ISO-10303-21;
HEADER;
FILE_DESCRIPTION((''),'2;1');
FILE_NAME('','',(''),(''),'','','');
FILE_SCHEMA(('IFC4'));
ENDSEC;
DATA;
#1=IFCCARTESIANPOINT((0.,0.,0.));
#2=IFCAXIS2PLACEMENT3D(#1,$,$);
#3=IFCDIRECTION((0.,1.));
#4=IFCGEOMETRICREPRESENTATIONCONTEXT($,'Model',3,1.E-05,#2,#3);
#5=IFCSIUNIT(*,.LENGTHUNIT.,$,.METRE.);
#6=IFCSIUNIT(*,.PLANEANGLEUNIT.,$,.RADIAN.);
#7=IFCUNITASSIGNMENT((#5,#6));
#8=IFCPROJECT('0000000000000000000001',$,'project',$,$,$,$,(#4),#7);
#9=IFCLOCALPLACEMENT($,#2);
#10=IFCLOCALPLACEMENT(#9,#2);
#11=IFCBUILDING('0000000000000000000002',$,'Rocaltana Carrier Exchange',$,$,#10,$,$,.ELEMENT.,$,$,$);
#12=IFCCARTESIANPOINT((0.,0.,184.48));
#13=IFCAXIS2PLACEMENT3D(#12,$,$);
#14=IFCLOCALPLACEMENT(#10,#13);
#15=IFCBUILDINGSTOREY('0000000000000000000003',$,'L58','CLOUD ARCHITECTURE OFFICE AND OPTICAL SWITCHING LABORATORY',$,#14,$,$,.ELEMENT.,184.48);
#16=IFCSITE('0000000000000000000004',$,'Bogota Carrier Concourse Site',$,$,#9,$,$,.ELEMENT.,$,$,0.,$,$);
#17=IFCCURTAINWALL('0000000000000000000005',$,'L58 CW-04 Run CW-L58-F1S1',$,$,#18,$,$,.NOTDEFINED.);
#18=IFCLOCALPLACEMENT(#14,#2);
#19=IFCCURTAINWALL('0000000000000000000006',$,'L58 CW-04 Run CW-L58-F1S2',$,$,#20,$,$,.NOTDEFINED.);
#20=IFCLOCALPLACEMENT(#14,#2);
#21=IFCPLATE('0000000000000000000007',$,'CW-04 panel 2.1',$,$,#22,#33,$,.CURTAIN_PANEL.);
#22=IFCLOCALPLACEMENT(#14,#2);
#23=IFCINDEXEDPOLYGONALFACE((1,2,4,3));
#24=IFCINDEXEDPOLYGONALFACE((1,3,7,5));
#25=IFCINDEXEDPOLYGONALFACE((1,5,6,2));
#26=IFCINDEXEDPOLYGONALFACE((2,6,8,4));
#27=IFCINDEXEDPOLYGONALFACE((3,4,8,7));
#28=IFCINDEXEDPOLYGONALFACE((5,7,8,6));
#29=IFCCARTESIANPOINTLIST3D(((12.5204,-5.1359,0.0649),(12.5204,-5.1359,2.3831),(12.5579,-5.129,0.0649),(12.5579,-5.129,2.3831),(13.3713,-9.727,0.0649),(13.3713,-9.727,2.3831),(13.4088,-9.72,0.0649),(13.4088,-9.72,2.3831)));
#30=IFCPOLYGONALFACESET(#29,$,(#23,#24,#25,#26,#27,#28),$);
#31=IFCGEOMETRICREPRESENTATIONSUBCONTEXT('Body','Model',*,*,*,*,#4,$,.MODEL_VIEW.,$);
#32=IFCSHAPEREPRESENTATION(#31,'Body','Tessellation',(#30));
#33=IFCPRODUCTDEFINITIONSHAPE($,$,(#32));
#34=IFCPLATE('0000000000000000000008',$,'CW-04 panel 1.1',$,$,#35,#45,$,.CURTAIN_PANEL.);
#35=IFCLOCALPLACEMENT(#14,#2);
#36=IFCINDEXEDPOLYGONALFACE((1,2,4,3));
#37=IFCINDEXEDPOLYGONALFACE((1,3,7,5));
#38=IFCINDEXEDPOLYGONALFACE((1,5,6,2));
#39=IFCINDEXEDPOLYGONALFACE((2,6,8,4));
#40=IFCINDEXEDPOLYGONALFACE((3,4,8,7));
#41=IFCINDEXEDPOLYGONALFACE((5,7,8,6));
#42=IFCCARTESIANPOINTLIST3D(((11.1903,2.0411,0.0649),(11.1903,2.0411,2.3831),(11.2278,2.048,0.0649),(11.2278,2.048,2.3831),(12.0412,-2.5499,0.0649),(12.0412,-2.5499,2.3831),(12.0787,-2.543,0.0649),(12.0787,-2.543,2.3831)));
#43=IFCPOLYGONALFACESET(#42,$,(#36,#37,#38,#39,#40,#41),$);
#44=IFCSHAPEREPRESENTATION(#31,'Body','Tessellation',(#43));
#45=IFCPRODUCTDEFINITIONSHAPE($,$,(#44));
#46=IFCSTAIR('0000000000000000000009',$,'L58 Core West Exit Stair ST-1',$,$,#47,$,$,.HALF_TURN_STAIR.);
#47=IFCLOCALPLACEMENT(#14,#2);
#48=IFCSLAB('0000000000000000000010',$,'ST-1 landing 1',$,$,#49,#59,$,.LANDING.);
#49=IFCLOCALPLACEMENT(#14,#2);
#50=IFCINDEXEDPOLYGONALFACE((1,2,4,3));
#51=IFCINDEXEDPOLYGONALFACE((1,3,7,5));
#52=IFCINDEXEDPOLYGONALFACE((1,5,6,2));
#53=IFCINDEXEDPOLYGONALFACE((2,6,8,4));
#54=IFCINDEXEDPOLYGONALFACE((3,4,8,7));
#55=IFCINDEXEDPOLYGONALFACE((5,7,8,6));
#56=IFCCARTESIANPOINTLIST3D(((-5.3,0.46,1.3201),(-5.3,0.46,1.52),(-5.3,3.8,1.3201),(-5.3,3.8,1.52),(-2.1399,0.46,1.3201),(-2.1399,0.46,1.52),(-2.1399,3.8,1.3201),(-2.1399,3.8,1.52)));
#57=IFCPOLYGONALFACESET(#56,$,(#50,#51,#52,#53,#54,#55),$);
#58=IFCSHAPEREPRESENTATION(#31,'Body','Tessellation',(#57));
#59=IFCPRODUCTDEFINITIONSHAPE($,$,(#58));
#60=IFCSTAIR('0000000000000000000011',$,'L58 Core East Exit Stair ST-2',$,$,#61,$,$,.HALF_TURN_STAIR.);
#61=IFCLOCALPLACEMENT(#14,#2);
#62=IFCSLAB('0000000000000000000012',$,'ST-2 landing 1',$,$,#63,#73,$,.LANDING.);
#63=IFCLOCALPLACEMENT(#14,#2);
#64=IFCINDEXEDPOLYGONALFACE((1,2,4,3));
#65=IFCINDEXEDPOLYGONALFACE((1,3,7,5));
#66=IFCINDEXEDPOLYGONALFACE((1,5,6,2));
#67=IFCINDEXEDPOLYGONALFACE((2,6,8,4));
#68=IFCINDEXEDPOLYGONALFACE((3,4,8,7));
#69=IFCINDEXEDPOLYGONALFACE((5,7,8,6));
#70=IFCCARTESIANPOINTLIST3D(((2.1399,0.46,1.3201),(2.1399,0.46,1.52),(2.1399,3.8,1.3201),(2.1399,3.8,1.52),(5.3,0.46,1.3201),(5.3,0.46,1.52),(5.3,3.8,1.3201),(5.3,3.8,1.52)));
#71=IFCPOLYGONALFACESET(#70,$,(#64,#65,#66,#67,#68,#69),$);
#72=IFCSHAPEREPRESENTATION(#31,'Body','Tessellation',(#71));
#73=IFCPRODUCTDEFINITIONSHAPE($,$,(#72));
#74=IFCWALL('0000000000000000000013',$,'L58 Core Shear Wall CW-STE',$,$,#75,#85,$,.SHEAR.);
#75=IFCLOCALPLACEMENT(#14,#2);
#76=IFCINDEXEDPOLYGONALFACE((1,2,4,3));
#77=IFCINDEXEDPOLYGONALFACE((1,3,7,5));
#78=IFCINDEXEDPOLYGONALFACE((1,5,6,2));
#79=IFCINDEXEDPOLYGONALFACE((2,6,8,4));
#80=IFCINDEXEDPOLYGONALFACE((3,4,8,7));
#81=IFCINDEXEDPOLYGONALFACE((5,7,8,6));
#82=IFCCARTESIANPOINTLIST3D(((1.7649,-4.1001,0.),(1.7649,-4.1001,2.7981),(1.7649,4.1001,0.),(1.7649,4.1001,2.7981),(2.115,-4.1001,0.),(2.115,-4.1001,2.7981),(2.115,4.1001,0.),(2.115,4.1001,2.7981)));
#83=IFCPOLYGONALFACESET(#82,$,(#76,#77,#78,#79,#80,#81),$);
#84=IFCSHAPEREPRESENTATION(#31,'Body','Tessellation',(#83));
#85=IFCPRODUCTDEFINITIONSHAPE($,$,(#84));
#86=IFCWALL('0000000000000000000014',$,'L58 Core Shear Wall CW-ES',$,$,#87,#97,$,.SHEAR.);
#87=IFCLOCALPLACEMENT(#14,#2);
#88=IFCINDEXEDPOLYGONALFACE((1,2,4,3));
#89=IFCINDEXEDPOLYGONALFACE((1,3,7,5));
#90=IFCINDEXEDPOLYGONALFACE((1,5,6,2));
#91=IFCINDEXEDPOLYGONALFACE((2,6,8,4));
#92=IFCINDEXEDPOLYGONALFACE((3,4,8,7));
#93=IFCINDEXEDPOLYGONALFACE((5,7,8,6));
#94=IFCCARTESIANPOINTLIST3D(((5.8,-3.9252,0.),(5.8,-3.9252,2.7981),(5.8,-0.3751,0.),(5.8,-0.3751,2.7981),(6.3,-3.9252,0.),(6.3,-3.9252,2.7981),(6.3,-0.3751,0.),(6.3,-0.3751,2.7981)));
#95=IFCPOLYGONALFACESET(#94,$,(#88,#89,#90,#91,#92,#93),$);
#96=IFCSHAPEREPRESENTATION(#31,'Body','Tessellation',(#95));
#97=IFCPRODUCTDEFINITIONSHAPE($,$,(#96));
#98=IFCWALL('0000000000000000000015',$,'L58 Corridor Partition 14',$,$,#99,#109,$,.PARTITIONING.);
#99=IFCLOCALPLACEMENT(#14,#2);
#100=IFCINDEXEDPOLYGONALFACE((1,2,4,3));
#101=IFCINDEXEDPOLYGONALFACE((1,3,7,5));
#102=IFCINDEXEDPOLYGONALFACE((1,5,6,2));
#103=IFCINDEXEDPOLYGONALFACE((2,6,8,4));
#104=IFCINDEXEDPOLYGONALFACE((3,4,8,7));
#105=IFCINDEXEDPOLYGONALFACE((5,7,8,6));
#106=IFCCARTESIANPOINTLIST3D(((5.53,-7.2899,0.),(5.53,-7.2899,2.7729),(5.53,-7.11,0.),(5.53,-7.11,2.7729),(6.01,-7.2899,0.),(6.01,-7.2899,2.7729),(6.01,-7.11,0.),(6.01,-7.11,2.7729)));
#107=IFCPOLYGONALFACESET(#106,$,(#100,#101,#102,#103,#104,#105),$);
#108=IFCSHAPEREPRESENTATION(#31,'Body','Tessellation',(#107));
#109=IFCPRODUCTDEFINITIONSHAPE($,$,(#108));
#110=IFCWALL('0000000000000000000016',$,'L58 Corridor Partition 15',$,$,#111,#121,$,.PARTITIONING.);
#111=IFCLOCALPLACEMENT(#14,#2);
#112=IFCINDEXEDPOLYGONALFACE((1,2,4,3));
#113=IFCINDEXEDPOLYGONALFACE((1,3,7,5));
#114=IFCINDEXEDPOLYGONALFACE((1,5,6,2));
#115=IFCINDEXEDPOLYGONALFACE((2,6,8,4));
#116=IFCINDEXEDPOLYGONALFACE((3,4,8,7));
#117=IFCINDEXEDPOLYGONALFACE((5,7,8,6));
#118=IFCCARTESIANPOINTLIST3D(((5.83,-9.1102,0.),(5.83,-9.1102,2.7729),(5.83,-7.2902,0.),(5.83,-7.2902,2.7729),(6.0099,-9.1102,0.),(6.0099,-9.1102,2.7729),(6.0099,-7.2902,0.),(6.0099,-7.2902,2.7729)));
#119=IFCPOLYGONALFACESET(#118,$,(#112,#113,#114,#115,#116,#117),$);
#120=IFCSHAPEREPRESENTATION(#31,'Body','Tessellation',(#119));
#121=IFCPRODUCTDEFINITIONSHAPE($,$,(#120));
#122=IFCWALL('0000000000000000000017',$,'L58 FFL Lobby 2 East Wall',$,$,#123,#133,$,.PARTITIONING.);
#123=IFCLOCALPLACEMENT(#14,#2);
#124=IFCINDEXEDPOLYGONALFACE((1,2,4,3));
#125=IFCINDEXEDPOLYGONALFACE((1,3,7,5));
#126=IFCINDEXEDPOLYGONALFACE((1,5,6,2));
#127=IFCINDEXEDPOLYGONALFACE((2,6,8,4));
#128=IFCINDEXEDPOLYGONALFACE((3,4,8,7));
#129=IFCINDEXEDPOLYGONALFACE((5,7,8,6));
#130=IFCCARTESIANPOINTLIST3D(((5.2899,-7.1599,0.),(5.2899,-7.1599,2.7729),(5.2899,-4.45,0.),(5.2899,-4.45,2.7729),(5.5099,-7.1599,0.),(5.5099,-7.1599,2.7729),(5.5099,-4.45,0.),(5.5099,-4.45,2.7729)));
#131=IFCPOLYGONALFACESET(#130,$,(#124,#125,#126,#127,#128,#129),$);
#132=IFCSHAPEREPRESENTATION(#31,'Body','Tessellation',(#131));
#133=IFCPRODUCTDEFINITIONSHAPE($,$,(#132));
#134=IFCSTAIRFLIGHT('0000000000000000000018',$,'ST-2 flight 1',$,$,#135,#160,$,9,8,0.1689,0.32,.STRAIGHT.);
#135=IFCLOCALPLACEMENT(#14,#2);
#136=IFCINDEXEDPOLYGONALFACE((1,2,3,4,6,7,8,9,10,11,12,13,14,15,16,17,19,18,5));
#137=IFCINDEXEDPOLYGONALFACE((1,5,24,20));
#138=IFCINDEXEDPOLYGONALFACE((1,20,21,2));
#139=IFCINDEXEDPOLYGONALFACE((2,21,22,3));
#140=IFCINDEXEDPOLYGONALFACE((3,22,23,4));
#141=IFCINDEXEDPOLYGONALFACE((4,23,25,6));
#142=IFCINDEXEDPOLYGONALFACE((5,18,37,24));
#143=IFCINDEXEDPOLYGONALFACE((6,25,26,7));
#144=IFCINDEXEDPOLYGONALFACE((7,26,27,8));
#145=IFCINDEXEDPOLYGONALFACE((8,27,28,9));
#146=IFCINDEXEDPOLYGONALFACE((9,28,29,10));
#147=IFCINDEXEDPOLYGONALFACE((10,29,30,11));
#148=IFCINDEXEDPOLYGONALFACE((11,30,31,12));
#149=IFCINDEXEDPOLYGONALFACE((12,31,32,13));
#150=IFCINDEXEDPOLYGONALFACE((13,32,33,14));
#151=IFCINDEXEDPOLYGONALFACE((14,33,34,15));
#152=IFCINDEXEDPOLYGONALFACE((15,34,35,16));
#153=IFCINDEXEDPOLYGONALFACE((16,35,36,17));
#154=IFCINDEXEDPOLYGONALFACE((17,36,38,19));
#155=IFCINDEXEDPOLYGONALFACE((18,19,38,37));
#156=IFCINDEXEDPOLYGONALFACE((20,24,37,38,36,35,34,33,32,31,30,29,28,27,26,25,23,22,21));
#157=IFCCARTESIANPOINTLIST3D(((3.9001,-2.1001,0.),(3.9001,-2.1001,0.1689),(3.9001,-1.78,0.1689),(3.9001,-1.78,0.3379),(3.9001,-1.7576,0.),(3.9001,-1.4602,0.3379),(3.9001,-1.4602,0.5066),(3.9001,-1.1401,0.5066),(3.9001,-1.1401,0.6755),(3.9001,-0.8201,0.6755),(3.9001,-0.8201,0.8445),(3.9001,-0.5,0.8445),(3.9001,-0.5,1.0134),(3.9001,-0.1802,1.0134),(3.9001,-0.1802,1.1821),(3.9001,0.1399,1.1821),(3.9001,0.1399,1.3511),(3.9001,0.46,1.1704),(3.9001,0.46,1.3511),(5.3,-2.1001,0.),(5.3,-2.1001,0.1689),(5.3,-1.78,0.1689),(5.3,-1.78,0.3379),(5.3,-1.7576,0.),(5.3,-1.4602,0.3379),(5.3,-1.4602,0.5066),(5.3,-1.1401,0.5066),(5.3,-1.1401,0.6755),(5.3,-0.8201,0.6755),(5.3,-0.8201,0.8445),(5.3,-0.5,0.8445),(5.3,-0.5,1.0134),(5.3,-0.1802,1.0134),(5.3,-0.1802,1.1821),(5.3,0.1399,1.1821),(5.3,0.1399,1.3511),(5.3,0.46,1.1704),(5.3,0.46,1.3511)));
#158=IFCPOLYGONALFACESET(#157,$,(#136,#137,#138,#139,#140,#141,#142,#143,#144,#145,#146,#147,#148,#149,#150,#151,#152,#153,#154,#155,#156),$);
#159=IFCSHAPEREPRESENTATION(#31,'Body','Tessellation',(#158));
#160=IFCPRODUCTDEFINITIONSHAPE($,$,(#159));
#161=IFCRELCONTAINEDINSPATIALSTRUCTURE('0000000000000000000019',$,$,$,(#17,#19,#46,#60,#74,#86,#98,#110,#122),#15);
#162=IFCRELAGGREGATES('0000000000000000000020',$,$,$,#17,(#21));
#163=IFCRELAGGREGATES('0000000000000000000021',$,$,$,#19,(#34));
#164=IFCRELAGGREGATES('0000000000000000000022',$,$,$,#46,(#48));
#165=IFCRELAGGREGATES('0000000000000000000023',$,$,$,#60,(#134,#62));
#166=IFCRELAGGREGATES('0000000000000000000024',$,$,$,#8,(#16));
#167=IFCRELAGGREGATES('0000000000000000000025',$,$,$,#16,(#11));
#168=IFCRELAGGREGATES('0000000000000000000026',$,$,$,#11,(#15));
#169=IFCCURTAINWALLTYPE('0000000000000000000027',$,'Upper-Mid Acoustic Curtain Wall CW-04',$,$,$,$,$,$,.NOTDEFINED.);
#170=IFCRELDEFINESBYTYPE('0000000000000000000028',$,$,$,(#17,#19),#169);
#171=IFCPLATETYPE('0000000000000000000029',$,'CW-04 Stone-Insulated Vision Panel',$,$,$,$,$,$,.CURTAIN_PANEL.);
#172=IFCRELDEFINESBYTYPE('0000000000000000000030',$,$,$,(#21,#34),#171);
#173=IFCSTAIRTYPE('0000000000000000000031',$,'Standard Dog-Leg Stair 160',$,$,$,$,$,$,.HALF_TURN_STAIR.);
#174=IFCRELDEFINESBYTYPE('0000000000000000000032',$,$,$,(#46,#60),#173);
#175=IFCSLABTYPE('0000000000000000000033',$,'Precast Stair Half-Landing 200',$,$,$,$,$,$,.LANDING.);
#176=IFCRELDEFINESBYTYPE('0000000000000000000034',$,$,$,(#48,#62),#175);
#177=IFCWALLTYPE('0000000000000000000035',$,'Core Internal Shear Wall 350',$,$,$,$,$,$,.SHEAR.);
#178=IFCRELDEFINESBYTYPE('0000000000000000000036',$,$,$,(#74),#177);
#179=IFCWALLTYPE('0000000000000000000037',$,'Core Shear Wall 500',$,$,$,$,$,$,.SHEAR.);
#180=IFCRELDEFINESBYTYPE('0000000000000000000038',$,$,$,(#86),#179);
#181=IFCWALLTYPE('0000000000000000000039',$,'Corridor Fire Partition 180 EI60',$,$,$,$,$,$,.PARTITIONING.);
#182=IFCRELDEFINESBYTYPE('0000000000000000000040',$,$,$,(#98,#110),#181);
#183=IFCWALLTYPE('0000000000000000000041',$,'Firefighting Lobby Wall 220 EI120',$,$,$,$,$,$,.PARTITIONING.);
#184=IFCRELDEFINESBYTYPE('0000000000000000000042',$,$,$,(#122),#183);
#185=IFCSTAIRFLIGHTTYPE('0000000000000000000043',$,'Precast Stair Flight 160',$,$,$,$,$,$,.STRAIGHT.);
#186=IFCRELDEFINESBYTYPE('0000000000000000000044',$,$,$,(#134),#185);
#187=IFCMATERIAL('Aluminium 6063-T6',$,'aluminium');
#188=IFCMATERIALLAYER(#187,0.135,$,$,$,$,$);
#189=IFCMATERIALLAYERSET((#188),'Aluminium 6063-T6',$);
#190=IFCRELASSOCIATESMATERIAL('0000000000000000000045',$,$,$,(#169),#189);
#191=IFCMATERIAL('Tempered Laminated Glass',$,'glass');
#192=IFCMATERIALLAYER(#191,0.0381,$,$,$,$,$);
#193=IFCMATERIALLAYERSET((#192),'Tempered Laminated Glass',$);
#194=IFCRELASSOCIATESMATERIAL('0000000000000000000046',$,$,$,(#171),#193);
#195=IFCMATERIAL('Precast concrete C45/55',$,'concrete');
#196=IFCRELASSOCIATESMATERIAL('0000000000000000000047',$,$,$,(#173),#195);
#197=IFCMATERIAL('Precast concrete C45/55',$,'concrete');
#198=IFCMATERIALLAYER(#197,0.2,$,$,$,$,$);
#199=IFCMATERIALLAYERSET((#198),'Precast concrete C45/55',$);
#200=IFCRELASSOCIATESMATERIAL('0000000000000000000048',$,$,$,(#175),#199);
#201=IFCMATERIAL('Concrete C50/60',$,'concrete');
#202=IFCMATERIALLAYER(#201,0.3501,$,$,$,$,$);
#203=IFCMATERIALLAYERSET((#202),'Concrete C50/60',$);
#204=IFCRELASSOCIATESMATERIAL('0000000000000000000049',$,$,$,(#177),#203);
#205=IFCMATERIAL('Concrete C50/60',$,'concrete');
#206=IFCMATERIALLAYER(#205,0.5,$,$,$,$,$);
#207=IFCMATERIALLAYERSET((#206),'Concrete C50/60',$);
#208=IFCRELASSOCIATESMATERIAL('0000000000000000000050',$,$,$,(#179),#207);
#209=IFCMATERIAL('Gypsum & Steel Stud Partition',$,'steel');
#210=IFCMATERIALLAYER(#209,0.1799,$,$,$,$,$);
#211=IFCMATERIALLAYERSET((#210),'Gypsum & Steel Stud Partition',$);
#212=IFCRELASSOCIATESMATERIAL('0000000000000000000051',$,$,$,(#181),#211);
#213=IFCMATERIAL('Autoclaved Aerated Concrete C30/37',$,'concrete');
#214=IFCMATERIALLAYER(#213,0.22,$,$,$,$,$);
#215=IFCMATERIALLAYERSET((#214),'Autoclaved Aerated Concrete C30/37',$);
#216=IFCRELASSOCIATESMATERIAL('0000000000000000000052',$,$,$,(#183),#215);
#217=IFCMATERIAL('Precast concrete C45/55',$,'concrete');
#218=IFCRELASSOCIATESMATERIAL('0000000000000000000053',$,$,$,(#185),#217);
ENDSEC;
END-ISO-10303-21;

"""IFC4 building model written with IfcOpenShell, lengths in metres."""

from ifc_helpers import new_model, si_unit, direction, frame, frame_2d, origin, origin_2d, place, context, subcontext, project, spatial, polyline, rectangle, outline, extrude, material, layer, layer_set, type_object, element, aggregate, save


model = new_model("IFC4")

# Units and contexts
model_context = context("Model", 3, precision=1e-05, world=origin(), true_north=direction((0.0, 1.0)))
body_context = subcontext(model_context, "Body", "Model", "MODEL_VIEW")
ifc_project = project(units=[si_unit("LENGTHUNIT", "METRE"), si_unit("PLANEANGLEUNIT", "RADIAN")], contexts=[model_context])

# Site, building, storey
site_placement = place(None, origin())
site = spatial("IfcSite", under=ifc_project, at=site_placement, Name="Bogota Carrier Concourse Site", CompositionType="ELEMENT", RefElevation=0.0)
building_placement = place(site_placement, origin())
building = spatial("IfcBuilding", under=site, at=building_placement, Name="Rocaltana Carrier Exchange", CompositionType="ELEMENT")
storey_placement = place(building_placement, frame((0.0, 0.0, 184.48)))
storey = spatial("IfcBuildingStorey", under=building, at=storey_placement, Name="L58", Description="CLOUD ARCHITECTURE OFFICE AND OPTICAL SWITCHING LABORATORY", CompositionType="ELEMENT", Elevation=184.48)

# Curtain wall
ifc_material_1 = material(Name="Aluminium 6063-T6", Category="aluminium")
ifc_layer_1 = layer(ifc_material_1, 0.135)
ifc_layer_set_1 = layer_set([ifc_layer_1], Name="Aluminium 6063-T6")
curtain_wall_type = type_object("IfcCurtainWallType", Name="Upper-Mid Acoustic Curtain Wall CW-04", PredefinedType="NOTDEFINED", material=ifc_layer_set_1)
curtain_wall_1_placement = place(storey_placement, origin())
curtain_wall_1 = element("IfcCurtainWall", 1, at=curtain_wall_1_placement, inside=storey, type_object=curtain_wall_type, Name="L58 CW-04 Run CW-L58-F1S1", PredefinedType="NOTDEFINED")

# Curtain wall
curtain_wall_2_placement = place(storey_placement, origin())
curtain_wall_2 = element("IfcCurtainWall", 2, at=curtain_wall_2_placement, inside=storey, type_object=curtain_wall_type, Name="L58 CW-04 Run CW-L58-F1S2", PredefinedType="NOTDEFINED")

# Plates
ifc_material_2 = material(Name="Tempered Laminated Glass", Category="glass")
ifc_layer_2 = layer(ifc_material_2, 0.0381)
ifc_layer_set_2 = layer_set([ifc_layer_2], Name="Tempered Laminated Glass")
plate_type = type_object("IfcPlateType", Name="CW-04 Stone-Insulated Vision Panel", PredefinedType="CURTAIN_PANEL", material=ifc_layer_set_2)
plate_1_placement = place(storey_placement, frame((12.9646, -7.428, 0.0649), z_axis=(0.0, 0.0, 1.0), x_axis=(-0.182234, 0.983255, 0.0)))
plate_1 = element("IfcPlate", 3, at=plate_1_placement, type_object=plate_type, Name="CW-04 panel 2.1", PredefinedType="CURTAIN_PANEL", context=body_context, shape_type="SweptSolid", body=[
    extrude(rectangle(XDim=4.6692, YDim=0.0381, at=origin_2d()), origin(), (0.0, 0.0, 1.0), 2.3181),
])
aggregate(curtain_wall_1, [plate_1])
plate_2_placement = place(storey_placement, frame((11.6345, -0.251, 0.0649), z_axis=(0.0, 0.0, 1.0), x_axis=(-0.182236, 0.983255, 0.0)))
plate_2 = element("IfcPlate", 4, at=plate_2_placement, type_object=plate_type, Name="CW-04 panel 1.1", PredefinedType="CURTAIN_PANEL", context=body_context, shape_type="SweptSolid", body=[
    extrude(rectangle(XDim=4.6692, YDim=0.0381, at=origin_2d()), origin(), (0.0, 0.0, 1.0), 2.3181),
])
aggregate(curtain_wall_2, [plate_2])

# Stairs, slabs
ifc_material_3 = material(Name="Precast concrete C45/55", Category="concrete")
stair_type = type_object("IfcStairType", Name="Standard Dog-Leg Stair 160", PredefinedType="HALF_TURN_STAIR", material=ifc_material_3)
stair_1_placement = place(storey_placement, origin())
stair_1 = element("IfcStair", 5, at=stair_1_placement, inside=storey, type_object=stair_type, Name="L58 Core West Exit Stair ST-1", PredefinedType="HALF_TURN_STAIR")
ifc_material_4 = material(Name="Precast concrete C45/55", Category="concrete")
ifc_layer_3 = layer(ifc_material_4, 0.2)
ifc_layer_set_3 = layer_set([ifc_layer_3], Name="Precast concrete C45/55")
slab_type = type_object("IfcSlabType", Name="Precast Stair Half-Landing 200", PredefinedType="LANDING", material=ifc_layer_set_3)
slab_1_placement = place(storey_placement, frame((0.0, 0.0, 1.3201)))
slab_1 = element("IfcSlab", 6, at=slab_1_placement, type_object=slab_type, Name="ST-1 landing 1", PredefinedType="LANDING", context=body_context, shape_type="SweptSolid", body=[
    extrude(outline(polyline([(-2.1399, 0.46), (-2.1399, 3.8), (-5.3, 3.8), (-5.3, 0.46), (-2.1399, 0.46)])), origin(), (0.0, 0.0, 1.0), 0.2),
])
aggregate(stair_1, [slab_1])
stair_2_placement = place(storey_placement, origin())
stair_2 = element("IfcStair", 7, at=stair_2_placement, inside=storey, type_object=stair_type, Name="L58 Core East Exit Stair ST-2", PredefinedType="HALF_TURN_STAIR")
slab_2_placement = place(storey_placement, frame((0.0, 0.0, 1.3201)))
slab_2 = element("IfcSlab", 8, at=slab_2_placement, type_object=slab_type, Name="ST-2 landing 1", PredefinedType="LANDING", context=body_context, shape_type="SweptSolid", body=[
    extrude(outline(polyline([(5.3, 0.46), (5.3, 3.8), (2.1399, 3.8), (2.1399, 0.46), (5.3, 0.46)])), origin(), (0.0, 0.0, 1.0), 0.2),
])

# Walls
ifc_material_5 = material(Name="Concrete C50/60", Category="concrete")
ifc_layer_4 = layer(ifc_material_5, 0.3501)
ifc_layer_set_4 = layer_set([ifc_layer_4], Name="Concrete C50/60")
wall_type_1 = type_object("IfcWallType", Name="Core Internal Shear Wall 350", PredefinedType="SHEAR", material=ifc_layer_set_4)
wall_1_placement = place(storey_placement, frame((1.9399, -4.1001, 0.0), z_axis=(0.0, 0.0, 1.0), x_axis=(0.0, 1.0, 0.0)))
element("IfcWall", 9, at=wall_1_placement, inside=storey, type_object=wall_type_1, Name="L58 Core Shear Wall CW-STE", PredefinedType="SHEAR", context=body_context, shape_type="SweptSolid", body=[
    extrude(rectangle(XDim=8.2002, YDim=0.3501, at=frame_2d((4.1001, 0.0))), origin(), (0.0, 0.0, 1.0), 2.7981),
])
ifc_material_6 = material(Name="Concrete C50/60", Category="concrete")
ifc_layer_5 = layer(ifc_material_6, 0.5)
ifc_layer_set_5 = layer_set([ifc_layer_5], Name="Concrete C50/60")
wall_type_2 = type_object("IfcWallType", Name="Core Shear Wall 500", PredefinedType="SHEAR", material=ifc_layer_set_5)
wall_2_placement = place(storey_placement, frame((6.05, -3.925, 0.0), z_axis=(0.0, 0.0, 1.0), x_axis=(0.0, 1.0, 0.0)))
element("IfcWall", 10, at=wall_2_placement, inside=storey, type_object=wall_type_2, Name="L58 Core Shear Wall CW-ES", PredefinedType="SHEAR", context=body_context, shape_type="SweptSolid", body=[
    extrude(rectangle(XDim=3.55, YDim=0.5, at=frame_2d((1.7749, 0.0))), origin(), (0.0, 0.0, 1.0), 2.7981),
])
ifc_material_7 = material(Name="Gypsum & Steel Stud Partition", Category="steel")
ifc_layer_6 = layer(ifc_material_7, 0.1799)
ifc_layer_set_6 = layer_set([ifc_layer_6], Name="Gypsum & Steel Stud Partition")
wall_type_3 = type_object("IfcWallType", Name="Corridor Fire Partition 180 EI60", PredefinedType="PARTITIONING", material=ifc_layer_set_6)
wall_3_placement = place(storey_placement, frame((5.53, -7.2, 0.0), z_axis=(0.0, 0.0, 1.0), x_axis=(1.0, 0.0, 0.0)))
element("IfcWall", 11, at=wall_3_placement, inside=storey, type_object=wall_type_3, Name="L58 Corridor Partition 14", PredefinedType="PARTITIONING", context=body_context, shape_type="SweptSolid", body=[
    extrude(rectangle(XDim=0.48, YDim=0.1799, at=frame_2d((0.24, 0.0))), origin(), (0.0, 0.0, 1.0), 2.7729),
])
wall_4_placement = place(storey_placement, frame((5.9199, -7.29, 0.0), z_axis=(0.0, 0.0, 1.0), x_axis=(0.0, -1.0, 0.0)))
element("IfcWall", 12, at=wall_4_placement, inside=storey, type_object=wall_type_3, Name="L58 Corridor Partition 15", PredefinedType="PARTITIONING", context=body_context, shape_type="SweptSolid", body=[
    extrude(rectangle(XDim=1.8201, YDim=0.1799, at=frame_2d((0.9102, 0.0))), origin(), (0.0, 0.0, 1.0), 2.7729),
])
ifc_material_8 = material(Name="Autoclaved Aerated Concrete C30/37", Category="concrete")
ifc_layer_7 = layer(ifc_material_8, 0.22)
ifc_layer_set_7 = layer_set([ifc_layer_7], Name="Autoclaved Aerated Concrete C30/37")
wall_type_4 = type_object("IfcWallType", Name="Firefighting Lobby Wall 220 EI120", PredefinedType="PARTITIONING", material=ifc_layer_set_7)
wall_5_placement = place(storey_placement, frame((5.3999, -7.1599, 0.0), z_axis=(0.0, 0.0, 1.0), x_axis=(0.0, 1.0, 0.0)))
element("IfcWall", 13, at=wall_5_placement, inside=storey, type_object=wall_type_4, Name="L58 FFL Lobby 2 East Wall", PredefinedType="PARTITIONING", context=body_context, shape_type="SweptSolid", body=[
    extrude(rectangle(XDim=2.71, YDim=0.22, at=frame_2d((1.355, 0.0))), origin(), (0.0, 0.0, 1.0), 2.7729),
])

# Stair flight
ifc_material_9 = material(Name="Precast concrete C45/55", Category="concrete")
stair_flight_type = type_object("IfcStairFlightType", Name="Precast Stair Flight 160", PredefinedType="STRAIGHT", material=ifc_material_9)
stair_flight_placement = place(storey_placement, frame((4.6001, -2.1001, 0.0), z_axis=(0.0, 0.0, 1.0), x_axis=(0.0, 1.0, 0.0)))
stair_flight = element("IfcStairFlight", 14, at=stair_flight_placement, type_object=stair_flight_type, Name="ST-2 flight 1", NumberOfRisers=9, NumberOfTreads=8, PredefinedType="STRAIGHT", RiserHeight=0.1689, TreadLength=0.32, context=body_context, shape_type="SweptSolid", body=[
    extrude(outline(polyline([(0.0, 0.0), (0.0, 0.1689), (0.3201, 0.1689), (0.3201, 0.3379), (0.6399, 0.3379), (0.6399, 0.5066), (0.96, 0.5066), (0.96, 0.6755), (1.28, 0.6755), (1.28, 0.8445), (1.6001, 0.8445), (1.6001, 1.0134), (1.9199, 1.0134), (1.9199, 1.1821), (2.24, 1.1821), (2.24, 1.3511), (2.5601, 1.3511), (2.5601, 1.52), (2.5601, 1.1704), (0.3425, 0.0), (0.0, 0.0)])), frame((0.0, 0.7, 0.0), z_axis=(0.0, -1.0, 0.0), x_axis=(1.0, 0.0, 0.0)), (0.0, 0.0, 1.0), 1.3999),
])
aggregate(stair_2, [stair_flight, slab_2])

save(model, "model.ifc")
